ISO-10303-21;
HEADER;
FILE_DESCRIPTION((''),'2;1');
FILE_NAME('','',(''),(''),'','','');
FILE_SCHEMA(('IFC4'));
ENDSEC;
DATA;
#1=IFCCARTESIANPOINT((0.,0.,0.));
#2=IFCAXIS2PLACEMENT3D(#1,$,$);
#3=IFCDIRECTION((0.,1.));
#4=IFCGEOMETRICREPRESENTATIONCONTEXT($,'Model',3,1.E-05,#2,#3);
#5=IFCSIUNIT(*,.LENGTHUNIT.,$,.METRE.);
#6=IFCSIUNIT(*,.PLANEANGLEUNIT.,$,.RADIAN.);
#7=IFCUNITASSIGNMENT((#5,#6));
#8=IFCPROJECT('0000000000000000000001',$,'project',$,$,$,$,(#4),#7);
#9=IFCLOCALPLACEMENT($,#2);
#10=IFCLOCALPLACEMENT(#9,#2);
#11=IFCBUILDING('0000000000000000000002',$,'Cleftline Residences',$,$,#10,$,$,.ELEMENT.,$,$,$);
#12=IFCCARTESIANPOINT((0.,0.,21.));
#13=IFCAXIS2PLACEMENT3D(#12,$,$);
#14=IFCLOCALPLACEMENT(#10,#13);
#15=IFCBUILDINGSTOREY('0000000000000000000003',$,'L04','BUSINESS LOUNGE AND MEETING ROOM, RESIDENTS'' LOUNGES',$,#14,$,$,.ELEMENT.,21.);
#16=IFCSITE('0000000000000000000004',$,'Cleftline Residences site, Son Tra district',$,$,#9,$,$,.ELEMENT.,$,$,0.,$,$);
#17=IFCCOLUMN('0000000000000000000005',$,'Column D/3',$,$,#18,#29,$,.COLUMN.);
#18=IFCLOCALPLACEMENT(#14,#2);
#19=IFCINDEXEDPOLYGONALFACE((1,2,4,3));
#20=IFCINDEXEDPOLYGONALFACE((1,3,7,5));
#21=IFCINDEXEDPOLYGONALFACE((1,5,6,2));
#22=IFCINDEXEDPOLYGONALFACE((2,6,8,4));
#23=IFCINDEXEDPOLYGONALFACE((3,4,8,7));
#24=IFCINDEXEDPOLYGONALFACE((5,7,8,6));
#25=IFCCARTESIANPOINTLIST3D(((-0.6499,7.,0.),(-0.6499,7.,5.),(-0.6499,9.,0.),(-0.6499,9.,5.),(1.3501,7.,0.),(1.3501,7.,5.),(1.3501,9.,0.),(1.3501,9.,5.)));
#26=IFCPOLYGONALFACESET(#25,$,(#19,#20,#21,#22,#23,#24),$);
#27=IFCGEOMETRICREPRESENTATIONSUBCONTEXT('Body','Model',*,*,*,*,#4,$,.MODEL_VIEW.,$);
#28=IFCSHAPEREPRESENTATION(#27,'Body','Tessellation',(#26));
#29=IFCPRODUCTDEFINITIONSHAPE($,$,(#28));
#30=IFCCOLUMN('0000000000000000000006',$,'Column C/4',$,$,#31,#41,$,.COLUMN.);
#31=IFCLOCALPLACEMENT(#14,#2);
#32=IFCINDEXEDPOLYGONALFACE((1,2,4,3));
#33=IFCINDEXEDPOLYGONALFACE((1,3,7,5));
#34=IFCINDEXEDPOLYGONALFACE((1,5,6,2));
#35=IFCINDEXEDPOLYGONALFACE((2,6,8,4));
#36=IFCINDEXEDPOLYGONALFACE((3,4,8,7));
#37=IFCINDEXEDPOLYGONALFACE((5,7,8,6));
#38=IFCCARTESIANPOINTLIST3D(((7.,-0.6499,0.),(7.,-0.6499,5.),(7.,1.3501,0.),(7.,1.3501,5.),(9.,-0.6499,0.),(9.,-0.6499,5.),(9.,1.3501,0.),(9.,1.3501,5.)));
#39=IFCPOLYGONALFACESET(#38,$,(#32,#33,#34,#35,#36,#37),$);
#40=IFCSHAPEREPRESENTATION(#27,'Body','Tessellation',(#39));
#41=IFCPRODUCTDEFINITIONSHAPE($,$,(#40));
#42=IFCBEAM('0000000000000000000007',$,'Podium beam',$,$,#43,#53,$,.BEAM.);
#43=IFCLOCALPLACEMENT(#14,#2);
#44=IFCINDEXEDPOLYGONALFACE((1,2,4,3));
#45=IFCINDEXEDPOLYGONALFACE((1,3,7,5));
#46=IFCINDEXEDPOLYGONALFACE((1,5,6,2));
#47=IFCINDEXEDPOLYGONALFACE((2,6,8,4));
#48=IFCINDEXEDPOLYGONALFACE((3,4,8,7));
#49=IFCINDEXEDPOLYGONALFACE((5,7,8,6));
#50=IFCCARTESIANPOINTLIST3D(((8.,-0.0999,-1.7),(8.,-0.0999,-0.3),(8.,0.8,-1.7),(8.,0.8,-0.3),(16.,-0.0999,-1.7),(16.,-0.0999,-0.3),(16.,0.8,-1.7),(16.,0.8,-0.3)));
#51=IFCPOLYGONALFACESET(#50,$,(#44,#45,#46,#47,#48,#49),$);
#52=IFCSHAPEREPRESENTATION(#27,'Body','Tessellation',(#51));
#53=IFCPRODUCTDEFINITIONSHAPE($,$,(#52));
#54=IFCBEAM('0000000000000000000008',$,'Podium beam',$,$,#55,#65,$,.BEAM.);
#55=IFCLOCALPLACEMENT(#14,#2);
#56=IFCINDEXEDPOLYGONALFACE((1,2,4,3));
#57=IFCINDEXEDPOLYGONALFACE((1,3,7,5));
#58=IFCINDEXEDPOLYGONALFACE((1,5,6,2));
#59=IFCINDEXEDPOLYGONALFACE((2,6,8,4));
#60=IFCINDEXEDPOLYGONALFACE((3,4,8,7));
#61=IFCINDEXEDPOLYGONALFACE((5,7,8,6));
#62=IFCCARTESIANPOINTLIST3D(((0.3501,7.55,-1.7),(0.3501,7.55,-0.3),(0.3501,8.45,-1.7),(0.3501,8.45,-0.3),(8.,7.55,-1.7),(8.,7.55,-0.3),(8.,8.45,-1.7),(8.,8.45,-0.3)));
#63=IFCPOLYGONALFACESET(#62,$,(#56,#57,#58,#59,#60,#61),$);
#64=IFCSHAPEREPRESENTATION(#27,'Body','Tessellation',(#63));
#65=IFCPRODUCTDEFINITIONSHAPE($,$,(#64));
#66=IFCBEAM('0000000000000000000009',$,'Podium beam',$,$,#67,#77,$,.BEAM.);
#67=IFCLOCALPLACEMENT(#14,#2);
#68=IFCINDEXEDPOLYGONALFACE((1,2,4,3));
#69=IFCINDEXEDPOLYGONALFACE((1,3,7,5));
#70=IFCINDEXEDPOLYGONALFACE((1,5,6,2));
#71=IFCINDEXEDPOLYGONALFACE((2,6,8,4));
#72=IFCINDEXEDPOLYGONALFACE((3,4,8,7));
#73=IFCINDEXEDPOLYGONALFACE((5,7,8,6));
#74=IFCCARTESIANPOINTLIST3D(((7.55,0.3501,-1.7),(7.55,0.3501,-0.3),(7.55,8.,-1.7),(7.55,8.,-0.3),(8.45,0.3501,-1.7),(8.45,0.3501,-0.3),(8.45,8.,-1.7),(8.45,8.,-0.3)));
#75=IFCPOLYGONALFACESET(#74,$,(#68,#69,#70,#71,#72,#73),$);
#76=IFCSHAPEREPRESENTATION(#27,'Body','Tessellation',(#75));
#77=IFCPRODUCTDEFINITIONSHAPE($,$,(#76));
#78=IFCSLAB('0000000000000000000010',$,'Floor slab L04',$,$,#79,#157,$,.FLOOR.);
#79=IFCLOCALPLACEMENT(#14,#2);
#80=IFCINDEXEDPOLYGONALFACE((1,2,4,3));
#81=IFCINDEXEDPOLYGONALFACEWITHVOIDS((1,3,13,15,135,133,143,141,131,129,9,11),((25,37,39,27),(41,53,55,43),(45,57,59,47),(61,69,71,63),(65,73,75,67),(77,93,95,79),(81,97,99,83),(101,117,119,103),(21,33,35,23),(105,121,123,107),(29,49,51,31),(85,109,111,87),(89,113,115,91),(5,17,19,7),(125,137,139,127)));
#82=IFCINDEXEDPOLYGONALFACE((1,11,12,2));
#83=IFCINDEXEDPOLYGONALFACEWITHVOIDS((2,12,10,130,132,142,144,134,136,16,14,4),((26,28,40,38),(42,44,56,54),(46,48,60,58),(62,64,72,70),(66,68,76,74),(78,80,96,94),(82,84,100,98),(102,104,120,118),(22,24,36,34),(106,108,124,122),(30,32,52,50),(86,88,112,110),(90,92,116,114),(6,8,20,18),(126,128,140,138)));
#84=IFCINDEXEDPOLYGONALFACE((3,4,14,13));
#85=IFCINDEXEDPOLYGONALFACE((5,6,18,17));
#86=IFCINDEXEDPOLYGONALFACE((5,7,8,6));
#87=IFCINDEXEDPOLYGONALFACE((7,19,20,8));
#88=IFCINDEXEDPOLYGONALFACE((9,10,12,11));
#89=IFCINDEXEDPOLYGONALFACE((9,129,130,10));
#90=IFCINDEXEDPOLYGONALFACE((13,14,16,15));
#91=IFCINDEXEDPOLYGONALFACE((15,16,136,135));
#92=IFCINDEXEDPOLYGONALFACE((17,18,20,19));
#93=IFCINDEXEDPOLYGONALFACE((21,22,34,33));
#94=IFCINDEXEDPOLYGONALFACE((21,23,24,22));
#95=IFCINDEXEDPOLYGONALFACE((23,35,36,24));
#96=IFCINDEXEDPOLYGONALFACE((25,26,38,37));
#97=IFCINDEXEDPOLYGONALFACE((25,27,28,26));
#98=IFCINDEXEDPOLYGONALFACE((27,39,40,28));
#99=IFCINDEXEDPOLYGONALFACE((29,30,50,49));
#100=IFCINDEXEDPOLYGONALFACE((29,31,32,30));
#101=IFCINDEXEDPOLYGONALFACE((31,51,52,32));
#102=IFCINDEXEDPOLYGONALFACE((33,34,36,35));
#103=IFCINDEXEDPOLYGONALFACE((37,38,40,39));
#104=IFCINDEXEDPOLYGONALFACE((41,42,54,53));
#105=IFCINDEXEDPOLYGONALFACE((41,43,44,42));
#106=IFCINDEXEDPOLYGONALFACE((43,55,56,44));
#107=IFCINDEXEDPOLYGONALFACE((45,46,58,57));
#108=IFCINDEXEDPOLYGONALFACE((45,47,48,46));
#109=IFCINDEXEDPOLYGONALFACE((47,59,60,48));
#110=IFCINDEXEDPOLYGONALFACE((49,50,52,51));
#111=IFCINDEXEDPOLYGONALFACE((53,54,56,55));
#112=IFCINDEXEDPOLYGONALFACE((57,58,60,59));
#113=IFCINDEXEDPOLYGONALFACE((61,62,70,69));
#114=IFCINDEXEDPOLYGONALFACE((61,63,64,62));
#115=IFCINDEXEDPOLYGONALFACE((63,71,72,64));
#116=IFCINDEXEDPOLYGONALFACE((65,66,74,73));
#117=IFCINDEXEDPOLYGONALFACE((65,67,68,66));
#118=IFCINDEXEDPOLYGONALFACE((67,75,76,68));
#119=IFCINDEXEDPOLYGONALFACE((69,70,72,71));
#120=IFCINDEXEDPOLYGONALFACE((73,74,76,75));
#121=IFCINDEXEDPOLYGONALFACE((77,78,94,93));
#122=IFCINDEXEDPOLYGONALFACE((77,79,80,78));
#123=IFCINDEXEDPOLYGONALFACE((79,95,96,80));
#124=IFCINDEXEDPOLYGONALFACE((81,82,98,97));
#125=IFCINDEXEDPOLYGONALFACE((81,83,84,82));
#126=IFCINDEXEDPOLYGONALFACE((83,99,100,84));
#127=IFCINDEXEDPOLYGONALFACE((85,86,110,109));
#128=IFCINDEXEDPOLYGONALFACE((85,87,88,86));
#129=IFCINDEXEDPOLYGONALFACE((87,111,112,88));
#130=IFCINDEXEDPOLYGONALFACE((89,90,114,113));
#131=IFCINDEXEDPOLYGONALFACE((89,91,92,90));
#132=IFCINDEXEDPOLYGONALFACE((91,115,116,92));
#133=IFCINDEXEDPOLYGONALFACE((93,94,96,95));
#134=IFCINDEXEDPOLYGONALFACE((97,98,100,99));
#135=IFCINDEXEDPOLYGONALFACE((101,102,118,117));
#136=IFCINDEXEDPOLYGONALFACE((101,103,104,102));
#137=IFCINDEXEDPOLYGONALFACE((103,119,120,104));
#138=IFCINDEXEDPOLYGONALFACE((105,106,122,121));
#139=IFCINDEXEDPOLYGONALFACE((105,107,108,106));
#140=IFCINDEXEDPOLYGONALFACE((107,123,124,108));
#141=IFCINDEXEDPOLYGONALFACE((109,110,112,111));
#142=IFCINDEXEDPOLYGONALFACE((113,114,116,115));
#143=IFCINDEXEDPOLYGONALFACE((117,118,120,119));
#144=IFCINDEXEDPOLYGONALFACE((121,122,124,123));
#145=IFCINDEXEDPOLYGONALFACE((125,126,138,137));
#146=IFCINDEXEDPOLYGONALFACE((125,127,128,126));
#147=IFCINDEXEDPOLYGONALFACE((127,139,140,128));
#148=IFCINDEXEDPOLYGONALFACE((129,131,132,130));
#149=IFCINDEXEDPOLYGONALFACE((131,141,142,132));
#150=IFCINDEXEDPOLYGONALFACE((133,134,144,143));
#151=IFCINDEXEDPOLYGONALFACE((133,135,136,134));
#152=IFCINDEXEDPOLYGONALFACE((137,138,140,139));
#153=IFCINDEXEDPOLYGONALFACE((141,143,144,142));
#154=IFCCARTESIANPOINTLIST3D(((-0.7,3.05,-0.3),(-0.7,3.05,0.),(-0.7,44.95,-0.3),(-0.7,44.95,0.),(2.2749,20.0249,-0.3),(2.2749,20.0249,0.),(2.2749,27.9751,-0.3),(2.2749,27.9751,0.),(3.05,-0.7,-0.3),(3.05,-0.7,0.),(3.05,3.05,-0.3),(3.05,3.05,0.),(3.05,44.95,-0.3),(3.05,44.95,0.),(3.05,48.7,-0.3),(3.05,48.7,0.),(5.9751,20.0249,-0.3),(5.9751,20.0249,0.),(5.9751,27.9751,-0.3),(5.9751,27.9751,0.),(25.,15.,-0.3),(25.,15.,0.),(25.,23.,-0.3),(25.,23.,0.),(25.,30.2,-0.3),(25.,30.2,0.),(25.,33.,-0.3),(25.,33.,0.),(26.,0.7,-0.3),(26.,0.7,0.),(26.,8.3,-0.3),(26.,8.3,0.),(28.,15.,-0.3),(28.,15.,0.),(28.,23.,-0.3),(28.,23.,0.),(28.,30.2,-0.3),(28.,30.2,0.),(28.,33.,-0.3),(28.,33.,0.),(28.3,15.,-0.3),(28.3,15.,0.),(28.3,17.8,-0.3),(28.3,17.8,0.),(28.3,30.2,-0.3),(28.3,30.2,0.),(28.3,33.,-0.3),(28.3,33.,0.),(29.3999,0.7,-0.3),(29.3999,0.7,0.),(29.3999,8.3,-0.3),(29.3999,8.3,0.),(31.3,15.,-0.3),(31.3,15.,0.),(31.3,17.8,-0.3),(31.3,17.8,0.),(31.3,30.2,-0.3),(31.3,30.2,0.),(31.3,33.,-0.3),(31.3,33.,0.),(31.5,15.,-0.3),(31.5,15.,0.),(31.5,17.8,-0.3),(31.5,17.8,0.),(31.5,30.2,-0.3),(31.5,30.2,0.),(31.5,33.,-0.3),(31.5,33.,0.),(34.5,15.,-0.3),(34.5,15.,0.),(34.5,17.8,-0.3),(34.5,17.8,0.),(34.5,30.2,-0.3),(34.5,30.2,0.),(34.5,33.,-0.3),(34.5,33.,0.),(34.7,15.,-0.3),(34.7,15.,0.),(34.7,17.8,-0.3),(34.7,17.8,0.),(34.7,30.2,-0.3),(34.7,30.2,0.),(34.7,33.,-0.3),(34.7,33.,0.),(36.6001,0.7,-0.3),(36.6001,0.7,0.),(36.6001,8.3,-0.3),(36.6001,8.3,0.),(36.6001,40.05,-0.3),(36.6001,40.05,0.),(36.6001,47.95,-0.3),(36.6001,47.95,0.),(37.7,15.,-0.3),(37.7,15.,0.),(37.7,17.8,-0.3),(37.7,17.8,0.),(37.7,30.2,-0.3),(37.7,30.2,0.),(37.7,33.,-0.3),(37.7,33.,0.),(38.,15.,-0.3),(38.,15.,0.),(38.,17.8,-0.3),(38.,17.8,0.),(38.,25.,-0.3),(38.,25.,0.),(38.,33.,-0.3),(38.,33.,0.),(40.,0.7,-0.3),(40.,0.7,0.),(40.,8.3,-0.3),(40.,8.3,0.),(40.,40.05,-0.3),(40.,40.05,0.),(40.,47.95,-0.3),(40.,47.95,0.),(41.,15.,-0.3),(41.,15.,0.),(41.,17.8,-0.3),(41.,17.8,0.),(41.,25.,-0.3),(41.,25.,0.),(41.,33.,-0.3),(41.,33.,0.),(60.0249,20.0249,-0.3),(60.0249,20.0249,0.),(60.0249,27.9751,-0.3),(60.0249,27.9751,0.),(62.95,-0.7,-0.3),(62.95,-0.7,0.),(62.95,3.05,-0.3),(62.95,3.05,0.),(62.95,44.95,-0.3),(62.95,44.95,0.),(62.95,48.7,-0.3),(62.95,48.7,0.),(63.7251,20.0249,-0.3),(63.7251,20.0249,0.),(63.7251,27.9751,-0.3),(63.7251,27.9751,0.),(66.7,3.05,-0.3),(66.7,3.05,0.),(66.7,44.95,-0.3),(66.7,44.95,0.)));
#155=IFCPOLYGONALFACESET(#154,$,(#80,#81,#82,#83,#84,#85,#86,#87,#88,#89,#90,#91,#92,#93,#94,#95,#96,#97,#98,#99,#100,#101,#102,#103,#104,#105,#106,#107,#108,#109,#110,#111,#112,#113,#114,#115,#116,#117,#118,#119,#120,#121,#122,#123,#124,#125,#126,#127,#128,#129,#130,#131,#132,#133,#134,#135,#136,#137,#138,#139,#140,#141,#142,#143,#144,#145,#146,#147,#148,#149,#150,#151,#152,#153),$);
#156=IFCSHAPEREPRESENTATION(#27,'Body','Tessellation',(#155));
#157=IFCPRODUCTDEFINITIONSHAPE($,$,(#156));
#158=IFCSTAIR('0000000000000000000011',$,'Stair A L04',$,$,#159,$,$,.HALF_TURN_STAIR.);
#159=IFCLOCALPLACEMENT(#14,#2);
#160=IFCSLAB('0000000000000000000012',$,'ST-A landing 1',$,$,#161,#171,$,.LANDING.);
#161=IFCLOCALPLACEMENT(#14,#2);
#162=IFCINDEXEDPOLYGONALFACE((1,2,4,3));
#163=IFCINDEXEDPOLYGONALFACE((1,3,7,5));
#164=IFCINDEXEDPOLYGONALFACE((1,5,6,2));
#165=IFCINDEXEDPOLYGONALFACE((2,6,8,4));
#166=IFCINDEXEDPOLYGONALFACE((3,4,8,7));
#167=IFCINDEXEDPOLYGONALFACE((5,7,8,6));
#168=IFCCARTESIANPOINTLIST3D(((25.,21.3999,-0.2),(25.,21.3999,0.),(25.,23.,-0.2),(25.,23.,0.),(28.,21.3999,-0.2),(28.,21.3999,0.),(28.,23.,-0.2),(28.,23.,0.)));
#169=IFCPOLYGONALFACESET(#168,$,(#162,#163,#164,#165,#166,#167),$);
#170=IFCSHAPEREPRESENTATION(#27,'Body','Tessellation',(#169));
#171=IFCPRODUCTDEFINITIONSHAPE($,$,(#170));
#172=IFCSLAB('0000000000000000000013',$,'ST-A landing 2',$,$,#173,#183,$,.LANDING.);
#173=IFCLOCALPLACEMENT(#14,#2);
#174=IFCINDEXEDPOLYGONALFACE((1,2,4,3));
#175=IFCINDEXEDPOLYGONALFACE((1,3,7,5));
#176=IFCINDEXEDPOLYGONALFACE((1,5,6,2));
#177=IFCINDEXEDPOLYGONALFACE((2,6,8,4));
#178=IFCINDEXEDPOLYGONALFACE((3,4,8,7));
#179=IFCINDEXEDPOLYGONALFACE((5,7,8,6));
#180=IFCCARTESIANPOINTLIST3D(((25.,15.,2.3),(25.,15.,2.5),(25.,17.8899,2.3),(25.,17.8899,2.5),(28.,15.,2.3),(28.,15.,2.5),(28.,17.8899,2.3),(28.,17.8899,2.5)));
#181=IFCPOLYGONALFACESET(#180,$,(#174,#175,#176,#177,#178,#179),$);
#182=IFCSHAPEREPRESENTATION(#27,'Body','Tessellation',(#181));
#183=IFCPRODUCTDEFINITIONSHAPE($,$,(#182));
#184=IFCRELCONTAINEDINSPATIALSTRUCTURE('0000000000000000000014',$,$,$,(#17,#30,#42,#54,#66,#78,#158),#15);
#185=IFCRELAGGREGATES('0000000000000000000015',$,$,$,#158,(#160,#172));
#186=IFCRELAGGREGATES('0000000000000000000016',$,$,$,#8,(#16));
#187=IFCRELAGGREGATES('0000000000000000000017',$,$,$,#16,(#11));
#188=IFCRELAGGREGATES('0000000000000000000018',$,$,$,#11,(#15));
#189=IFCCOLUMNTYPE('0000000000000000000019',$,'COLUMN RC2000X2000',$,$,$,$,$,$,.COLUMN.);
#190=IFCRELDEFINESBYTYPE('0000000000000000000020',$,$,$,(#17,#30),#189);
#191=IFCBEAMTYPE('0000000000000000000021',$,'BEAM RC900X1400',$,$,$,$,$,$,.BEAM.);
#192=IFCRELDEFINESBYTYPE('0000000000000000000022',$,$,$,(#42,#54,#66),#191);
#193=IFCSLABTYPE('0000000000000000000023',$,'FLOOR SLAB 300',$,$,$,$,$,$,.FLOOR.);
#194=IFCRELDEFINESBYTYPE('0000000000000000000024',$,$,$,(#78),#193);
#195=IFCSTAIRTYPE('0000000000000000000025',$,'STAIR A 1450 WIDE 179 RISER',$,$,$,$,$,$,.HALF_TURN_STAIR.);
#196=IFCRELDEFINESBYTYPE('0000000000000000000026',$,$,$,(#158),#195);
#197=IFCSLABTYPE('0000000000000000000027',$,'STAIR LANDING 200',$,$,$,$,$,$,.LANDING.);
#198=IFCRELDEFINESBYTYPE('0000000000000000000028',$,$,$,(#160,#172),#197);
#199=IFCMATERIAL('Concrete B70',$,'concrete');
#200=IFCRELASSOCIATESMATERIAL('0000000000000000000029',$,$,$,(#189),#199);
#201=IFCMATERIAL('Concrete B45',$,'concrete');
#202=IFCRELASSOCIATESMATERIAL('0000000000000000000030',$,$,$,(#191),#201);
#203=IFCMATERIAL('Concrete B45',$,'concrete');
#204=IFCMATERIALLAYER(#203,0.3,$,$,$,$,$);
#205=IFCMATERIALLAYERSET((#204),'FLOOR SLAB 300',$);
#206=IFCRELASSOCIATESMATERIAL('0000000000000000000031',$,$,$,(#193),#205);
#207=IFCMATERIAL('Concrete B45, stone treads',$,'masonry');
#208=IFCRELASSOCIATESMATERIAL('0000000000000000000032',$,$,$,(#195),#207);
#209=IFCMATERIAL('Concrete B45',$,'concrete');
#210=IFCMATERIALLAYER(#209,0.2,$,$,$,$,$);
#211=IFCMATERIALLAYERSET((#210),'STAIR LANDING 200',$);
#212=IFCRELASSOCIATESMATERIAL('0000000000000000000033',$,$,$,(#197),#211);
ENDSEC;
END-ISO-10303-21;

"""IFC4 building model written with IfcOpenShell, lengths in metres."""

from ifc_helpers import new_model, si_unit, direction, frame, origin, origin_2d, place, context, subcontext, project, spatial, polyline, rectangle, outline, extrude, material, layer, layer_set, material_profile, profile_set, type_object, element, aggregate, save


model = new_model("IFC4")

# Units and contexts
model_context = context("Model", 3, precision=1e-05, world=origin(), true_north=direction((0.0, 1.0)))
body_context = subcontext(model_context, "Body", "Model", "MODEL_VIEW")
ifc_project = project(units=[si_unit("LENGTHUNIT", "METRE"), si_unit("PLANEANGLEUNIT", "RADIAN")], contexts=[model_context])

# Site, building, storey
site_placement = place(None, origin())
site = spatial("IfcSite", under=ifc_project, at=site_placement, Name="Cleftline Residences site, Son Tra district", CompositionType="ELEMENT", RefElevation=0.0)
building_placement = place(site_placement, origin())
building = spatial("IfcBuilding", under=site, at=building_placement, Name="Cleftline Residences", CompositionType="ELEMENT")
storey_placement = place(building_placement, frame((0.0, 0.0, 21.0)))
storey = spatial("IfcBuildingStorey", under=building, at=storey_placement, Name="L04", Description="BUSINESS LOUNGE AND MEETING ROOM, RESIDENTS' LOUNGES", CompositionType="ELEMENT", Elevation=21.0)

# Columns
ifc_material_1 = material(Name="Concrete B70", Category="concrete")
ifc_material_profile_1 = material_profile(ifc_material_1, rectangle(XDim=2.0, YDim=2.0, at=origin_2d()))
ifc_profile_set_1 = profile_set([ifc_material_profile_1], Name="Concrete B70")
column_type = type_object("IfcColumnType", Name="COLUMN RC2000X2000", PredefinedType="COLUMN", material=ifc_profile_set_1)
for number, where, z_axis, x_axis, name in (
    (1, (0.3501, 8.0, 0.0), (0.0, 0.0, 1.0), (1.0, 0.0, 0.0), "Column D/3"),
    (2, (8.0, 0.3501, 0.0), (0.0, 0.0, 1.0), (1.0, 0.0, 0.0), "Column C/4"),
):
    element("IfcColumn", number, at=place(storey_placement, frame(where, z_axis=z_axis, x_axis=x_axis)), inside=storey, type_object=column_type, Name=name, PredefinedType="COLUMN", context=body_context, shape_type="SweptSolid", body=[
        extrude(rectangle(XDim=2.0, YDim=2.0, at=origin_2d()), origin(), (0.0, 0.0, 1.0), 5.0),
    ])

# Beams
ifc_material_2 = material(Name="Concrete B45", Category="concrete")
ifc_material_profile_2 = material_profile(ifc_material_2, rectangle(XDim=0.8999, YDim=1.3999, at=origin_2d()))
ifc_profile_set_2 = profile_set([ifc_material_profile_2], Name="Concrete B45")
beam_type = type_object("IfcBeamType", Name="BEAM RC900X1400", PredefinedType="BEAM", material=ifc_profile_set_2)
beam_placement = place(storey_placement, frame((8.0, 0.3501, -1.0), z_axis=(1.0, 0.0, 0.0), x_axis=(0.0, 1.0, 0.0)))
element("IfcBeam", 3, at=beam_placement, inside=storey, type_object=beam_type, Name="Podium beam", PredefinedType="BEAM", context=body_context, shape_type="SweptSolid", body=[
    extrude(rectangle(XDim=0.8999, YDim=1.3999, at=origin_2d()), origin(), (0.0, 0.0, 1.0), 8.0),
])
for number, where, z_axis, x_axis, name in (
    (4, (0.3501, 8.0, -1.0), (1.0, 0.0, 0.0), (0.0, 1.0, 0.0), "Podium beam"),
    (5, (8.0, 0.3501, -1.0), (0.0, 1.0, 0.0), (-1.0, 0.0, 0.0), "Podium beam"),
):
    element("IfcBeam", number, at=place(storey_placement, frame(where, z_axis=z_axis, x_axis=x_axis)), inside=storey, type_object=beam_type, Name=name, PredefinedType="BEAM", context=body_context, shape_type="SweptSolid", body=[
        extrude(rectangle(XDim=0.8999, YDim=1.3999, at=origin_2d()), origin(), (0.0, 0.0, 1.0), 7.6499),
    ])

# Slab
ifc_material_3 = material(Name="Concrete B45", Category="concrete")
ifc_layer_1 = layer(ifc_material_3, 0.3)
ifc_layer_set_1 = layer_set([ifc_layer_1], Name="FLOOR SLAB 300")
slab_type_1 = type_object("IfcSlabType", Name="FLOOR SLAB 300", PredefinedType="FLOOR", material=ifc_layer_set_1)
slab_1_placement = place(storey_placement, frame((0.0, 0.0, -0.3)))
element("IfcSlab", 6, at=slab_1_placement, inside=storey, type_object=slab_type_1, Name="Floor slab L04", PredefinedType="FLOOR", context=body_context, shape_type="SweptSolid", body=[
    extrude(outline(polyline([(66.7, 3.05), (66.7, 44.95), (62.95, 44.95), (62.95, 48.7), (3.05, 48.7), (3.05, 44.95), (-0.7, 44.95), (-0.7, 3.05), (3.05, 3.05), (3.05, -0.7), (62.95, -0.7), (62.95, 3.05), (66.7, 3.05)]), holes=[polyline([(28.0, 15.0), (28.0, 23.0), (25.0, 23.0), (25.0, 15.0), (28.0, 15.0)]), polyline([(41.0, 25.0), (41.0, 33.0), (38.0, 33.0), (38.0, 25.0), (41.0, 25.0)]), polyline([(28.0, 30.2), (28.0, 33.0), (25.0, 33.0), (25.0, 30.2), (28.0, 30.2)]), polyline([(41.0, 15.0), (41.0, 17.8), (38.0, 17.8), (38.0, 15.0), (41.0, 15.0)]), polyline([(31.3, 15.0), (31.3, 17.8), (28.3, 17.8), (28.3, 15.0), (31.3, 15.0)]), polyline([(34.5, 15.0), (34.5, 17.8), (31.5, 17.8), (31.5, 15.0), (34.5, 15.0)]), polyline([(37.7, 15.0), (37.7, 17.8), (34.7, 17.8), (34.7, 15.0), (37.7, 15.0)]), polyline([(31.3, 30.2), (31.3, 33.0), (28.3, 33.0), (28.3, 30.2), (31.3, 30.2)]), polyline([(34.5, 30.2), (34.5, 33.0), (31.5, 33.0), (31.5, 30.2), (34.5, 30.2)]), polyline([(37.7, 30.2), (37.7, 33.0), (34.7, 33.0), (34.7, 30.2), (37.7, 30.2)]), polyline([(29.3999, 0.7), (29.3999, 8.3), (26.0, 8.3), (26.0, 0.7), (29.3999, 0.7)]), polyline([(40.0, 0.7), (40.0, 8.3), (36.6001, 8.3), (36.6001, 0.7), (40.0, 0.7)]), polyline([(40.0, 40.05), (40.0, 47.95), (36.6001, 47.95), (36.6001, 40.05), (40.0, 40.05)]), polyline([(63.7251, 20.0249), (63.7251, 27.9751), (60.0249, 27.9751), (60.0249, 20.0249), (63.7251, 20.0249)]), polyline([(5.9751, 20.0249), (5.9751, 27.9751), (2.2749, 27.9751), (2.2749, 20.0249), (5.9751, 20.0249)])]), origin(), (0.0, 0.0, 1.0), 0.3),
])

# Stair, slabs
ifc_material_4 = material(Name="Concrete B45, stone treads", Category="masonry")
stair_type_1 = type_object("IfcStairType", Name="STAIR A 1450 WIDE 179 RISER", PredefinedType="HALF_TURN_STAIR", material=ifc_material_4)
stair_1_placement = place(storey_placement, origin())
stair_1 = element("IfcStair", 7, at=stair_1_placement, inside=storey, type_object=stair_type_1, Name="Stair A L04", PredefinedType="HALF_TURN_STAIR")
ifc_material_5 = material(Name="Concrete B45", Category="concrete")
ifc_layer_2 = layer(ifc_material_5, 0.2)
ifc_layer_set_2 = layer_set([ifc_layer_2], Name="STAIR LANDING 200")
slab_type_2 = type_object("IfcSlabType", Name="STAIR LANDING 200", PredefinedType="LANDING", material=ifc_layer_set_2)
slab_2_placement = place(storey_placement, frame((0.0, 0.0, -0.2)))
slab_2 = element("IfcSlab", 8, at=slab_2_placement, type_object=slab_type_2, Name="ST-A landing 1", PredefinedType="LANDING", context=body_context, shape_type="SweptSolid", body=[
    extrude(outline(polyline([(25.0, 21.3999), (28.0, 21.3999), (28.0, 23.0), (25.0, 23.0), (25.0, 21.3999)])), origin(), (0.0, 0.0, 1.0), 0.2),
])
slab_3_placement = place(storey_placement, frame((0.0, 0.0, 2.3)))
slab_3 = element("IfcSlab", 9, at=slab_3_placement, type_object=slab_type_2, Name="ST-A landing 2", PredefinedType="LANDING", context=body_context, shape_type="SweptSolid", body=[
    extrude(outline(polyline([(25.0, 15.0), (28.0, 15.0), (28.0, 17.8899), (25.0, 17.8899), (25.0, 15.0)])), origin(), (0.0, 0.0, 1.0), 0.2),
])
aggregate(stair_1, [slab_2, slab_3])

save(model, "model.ifc")
